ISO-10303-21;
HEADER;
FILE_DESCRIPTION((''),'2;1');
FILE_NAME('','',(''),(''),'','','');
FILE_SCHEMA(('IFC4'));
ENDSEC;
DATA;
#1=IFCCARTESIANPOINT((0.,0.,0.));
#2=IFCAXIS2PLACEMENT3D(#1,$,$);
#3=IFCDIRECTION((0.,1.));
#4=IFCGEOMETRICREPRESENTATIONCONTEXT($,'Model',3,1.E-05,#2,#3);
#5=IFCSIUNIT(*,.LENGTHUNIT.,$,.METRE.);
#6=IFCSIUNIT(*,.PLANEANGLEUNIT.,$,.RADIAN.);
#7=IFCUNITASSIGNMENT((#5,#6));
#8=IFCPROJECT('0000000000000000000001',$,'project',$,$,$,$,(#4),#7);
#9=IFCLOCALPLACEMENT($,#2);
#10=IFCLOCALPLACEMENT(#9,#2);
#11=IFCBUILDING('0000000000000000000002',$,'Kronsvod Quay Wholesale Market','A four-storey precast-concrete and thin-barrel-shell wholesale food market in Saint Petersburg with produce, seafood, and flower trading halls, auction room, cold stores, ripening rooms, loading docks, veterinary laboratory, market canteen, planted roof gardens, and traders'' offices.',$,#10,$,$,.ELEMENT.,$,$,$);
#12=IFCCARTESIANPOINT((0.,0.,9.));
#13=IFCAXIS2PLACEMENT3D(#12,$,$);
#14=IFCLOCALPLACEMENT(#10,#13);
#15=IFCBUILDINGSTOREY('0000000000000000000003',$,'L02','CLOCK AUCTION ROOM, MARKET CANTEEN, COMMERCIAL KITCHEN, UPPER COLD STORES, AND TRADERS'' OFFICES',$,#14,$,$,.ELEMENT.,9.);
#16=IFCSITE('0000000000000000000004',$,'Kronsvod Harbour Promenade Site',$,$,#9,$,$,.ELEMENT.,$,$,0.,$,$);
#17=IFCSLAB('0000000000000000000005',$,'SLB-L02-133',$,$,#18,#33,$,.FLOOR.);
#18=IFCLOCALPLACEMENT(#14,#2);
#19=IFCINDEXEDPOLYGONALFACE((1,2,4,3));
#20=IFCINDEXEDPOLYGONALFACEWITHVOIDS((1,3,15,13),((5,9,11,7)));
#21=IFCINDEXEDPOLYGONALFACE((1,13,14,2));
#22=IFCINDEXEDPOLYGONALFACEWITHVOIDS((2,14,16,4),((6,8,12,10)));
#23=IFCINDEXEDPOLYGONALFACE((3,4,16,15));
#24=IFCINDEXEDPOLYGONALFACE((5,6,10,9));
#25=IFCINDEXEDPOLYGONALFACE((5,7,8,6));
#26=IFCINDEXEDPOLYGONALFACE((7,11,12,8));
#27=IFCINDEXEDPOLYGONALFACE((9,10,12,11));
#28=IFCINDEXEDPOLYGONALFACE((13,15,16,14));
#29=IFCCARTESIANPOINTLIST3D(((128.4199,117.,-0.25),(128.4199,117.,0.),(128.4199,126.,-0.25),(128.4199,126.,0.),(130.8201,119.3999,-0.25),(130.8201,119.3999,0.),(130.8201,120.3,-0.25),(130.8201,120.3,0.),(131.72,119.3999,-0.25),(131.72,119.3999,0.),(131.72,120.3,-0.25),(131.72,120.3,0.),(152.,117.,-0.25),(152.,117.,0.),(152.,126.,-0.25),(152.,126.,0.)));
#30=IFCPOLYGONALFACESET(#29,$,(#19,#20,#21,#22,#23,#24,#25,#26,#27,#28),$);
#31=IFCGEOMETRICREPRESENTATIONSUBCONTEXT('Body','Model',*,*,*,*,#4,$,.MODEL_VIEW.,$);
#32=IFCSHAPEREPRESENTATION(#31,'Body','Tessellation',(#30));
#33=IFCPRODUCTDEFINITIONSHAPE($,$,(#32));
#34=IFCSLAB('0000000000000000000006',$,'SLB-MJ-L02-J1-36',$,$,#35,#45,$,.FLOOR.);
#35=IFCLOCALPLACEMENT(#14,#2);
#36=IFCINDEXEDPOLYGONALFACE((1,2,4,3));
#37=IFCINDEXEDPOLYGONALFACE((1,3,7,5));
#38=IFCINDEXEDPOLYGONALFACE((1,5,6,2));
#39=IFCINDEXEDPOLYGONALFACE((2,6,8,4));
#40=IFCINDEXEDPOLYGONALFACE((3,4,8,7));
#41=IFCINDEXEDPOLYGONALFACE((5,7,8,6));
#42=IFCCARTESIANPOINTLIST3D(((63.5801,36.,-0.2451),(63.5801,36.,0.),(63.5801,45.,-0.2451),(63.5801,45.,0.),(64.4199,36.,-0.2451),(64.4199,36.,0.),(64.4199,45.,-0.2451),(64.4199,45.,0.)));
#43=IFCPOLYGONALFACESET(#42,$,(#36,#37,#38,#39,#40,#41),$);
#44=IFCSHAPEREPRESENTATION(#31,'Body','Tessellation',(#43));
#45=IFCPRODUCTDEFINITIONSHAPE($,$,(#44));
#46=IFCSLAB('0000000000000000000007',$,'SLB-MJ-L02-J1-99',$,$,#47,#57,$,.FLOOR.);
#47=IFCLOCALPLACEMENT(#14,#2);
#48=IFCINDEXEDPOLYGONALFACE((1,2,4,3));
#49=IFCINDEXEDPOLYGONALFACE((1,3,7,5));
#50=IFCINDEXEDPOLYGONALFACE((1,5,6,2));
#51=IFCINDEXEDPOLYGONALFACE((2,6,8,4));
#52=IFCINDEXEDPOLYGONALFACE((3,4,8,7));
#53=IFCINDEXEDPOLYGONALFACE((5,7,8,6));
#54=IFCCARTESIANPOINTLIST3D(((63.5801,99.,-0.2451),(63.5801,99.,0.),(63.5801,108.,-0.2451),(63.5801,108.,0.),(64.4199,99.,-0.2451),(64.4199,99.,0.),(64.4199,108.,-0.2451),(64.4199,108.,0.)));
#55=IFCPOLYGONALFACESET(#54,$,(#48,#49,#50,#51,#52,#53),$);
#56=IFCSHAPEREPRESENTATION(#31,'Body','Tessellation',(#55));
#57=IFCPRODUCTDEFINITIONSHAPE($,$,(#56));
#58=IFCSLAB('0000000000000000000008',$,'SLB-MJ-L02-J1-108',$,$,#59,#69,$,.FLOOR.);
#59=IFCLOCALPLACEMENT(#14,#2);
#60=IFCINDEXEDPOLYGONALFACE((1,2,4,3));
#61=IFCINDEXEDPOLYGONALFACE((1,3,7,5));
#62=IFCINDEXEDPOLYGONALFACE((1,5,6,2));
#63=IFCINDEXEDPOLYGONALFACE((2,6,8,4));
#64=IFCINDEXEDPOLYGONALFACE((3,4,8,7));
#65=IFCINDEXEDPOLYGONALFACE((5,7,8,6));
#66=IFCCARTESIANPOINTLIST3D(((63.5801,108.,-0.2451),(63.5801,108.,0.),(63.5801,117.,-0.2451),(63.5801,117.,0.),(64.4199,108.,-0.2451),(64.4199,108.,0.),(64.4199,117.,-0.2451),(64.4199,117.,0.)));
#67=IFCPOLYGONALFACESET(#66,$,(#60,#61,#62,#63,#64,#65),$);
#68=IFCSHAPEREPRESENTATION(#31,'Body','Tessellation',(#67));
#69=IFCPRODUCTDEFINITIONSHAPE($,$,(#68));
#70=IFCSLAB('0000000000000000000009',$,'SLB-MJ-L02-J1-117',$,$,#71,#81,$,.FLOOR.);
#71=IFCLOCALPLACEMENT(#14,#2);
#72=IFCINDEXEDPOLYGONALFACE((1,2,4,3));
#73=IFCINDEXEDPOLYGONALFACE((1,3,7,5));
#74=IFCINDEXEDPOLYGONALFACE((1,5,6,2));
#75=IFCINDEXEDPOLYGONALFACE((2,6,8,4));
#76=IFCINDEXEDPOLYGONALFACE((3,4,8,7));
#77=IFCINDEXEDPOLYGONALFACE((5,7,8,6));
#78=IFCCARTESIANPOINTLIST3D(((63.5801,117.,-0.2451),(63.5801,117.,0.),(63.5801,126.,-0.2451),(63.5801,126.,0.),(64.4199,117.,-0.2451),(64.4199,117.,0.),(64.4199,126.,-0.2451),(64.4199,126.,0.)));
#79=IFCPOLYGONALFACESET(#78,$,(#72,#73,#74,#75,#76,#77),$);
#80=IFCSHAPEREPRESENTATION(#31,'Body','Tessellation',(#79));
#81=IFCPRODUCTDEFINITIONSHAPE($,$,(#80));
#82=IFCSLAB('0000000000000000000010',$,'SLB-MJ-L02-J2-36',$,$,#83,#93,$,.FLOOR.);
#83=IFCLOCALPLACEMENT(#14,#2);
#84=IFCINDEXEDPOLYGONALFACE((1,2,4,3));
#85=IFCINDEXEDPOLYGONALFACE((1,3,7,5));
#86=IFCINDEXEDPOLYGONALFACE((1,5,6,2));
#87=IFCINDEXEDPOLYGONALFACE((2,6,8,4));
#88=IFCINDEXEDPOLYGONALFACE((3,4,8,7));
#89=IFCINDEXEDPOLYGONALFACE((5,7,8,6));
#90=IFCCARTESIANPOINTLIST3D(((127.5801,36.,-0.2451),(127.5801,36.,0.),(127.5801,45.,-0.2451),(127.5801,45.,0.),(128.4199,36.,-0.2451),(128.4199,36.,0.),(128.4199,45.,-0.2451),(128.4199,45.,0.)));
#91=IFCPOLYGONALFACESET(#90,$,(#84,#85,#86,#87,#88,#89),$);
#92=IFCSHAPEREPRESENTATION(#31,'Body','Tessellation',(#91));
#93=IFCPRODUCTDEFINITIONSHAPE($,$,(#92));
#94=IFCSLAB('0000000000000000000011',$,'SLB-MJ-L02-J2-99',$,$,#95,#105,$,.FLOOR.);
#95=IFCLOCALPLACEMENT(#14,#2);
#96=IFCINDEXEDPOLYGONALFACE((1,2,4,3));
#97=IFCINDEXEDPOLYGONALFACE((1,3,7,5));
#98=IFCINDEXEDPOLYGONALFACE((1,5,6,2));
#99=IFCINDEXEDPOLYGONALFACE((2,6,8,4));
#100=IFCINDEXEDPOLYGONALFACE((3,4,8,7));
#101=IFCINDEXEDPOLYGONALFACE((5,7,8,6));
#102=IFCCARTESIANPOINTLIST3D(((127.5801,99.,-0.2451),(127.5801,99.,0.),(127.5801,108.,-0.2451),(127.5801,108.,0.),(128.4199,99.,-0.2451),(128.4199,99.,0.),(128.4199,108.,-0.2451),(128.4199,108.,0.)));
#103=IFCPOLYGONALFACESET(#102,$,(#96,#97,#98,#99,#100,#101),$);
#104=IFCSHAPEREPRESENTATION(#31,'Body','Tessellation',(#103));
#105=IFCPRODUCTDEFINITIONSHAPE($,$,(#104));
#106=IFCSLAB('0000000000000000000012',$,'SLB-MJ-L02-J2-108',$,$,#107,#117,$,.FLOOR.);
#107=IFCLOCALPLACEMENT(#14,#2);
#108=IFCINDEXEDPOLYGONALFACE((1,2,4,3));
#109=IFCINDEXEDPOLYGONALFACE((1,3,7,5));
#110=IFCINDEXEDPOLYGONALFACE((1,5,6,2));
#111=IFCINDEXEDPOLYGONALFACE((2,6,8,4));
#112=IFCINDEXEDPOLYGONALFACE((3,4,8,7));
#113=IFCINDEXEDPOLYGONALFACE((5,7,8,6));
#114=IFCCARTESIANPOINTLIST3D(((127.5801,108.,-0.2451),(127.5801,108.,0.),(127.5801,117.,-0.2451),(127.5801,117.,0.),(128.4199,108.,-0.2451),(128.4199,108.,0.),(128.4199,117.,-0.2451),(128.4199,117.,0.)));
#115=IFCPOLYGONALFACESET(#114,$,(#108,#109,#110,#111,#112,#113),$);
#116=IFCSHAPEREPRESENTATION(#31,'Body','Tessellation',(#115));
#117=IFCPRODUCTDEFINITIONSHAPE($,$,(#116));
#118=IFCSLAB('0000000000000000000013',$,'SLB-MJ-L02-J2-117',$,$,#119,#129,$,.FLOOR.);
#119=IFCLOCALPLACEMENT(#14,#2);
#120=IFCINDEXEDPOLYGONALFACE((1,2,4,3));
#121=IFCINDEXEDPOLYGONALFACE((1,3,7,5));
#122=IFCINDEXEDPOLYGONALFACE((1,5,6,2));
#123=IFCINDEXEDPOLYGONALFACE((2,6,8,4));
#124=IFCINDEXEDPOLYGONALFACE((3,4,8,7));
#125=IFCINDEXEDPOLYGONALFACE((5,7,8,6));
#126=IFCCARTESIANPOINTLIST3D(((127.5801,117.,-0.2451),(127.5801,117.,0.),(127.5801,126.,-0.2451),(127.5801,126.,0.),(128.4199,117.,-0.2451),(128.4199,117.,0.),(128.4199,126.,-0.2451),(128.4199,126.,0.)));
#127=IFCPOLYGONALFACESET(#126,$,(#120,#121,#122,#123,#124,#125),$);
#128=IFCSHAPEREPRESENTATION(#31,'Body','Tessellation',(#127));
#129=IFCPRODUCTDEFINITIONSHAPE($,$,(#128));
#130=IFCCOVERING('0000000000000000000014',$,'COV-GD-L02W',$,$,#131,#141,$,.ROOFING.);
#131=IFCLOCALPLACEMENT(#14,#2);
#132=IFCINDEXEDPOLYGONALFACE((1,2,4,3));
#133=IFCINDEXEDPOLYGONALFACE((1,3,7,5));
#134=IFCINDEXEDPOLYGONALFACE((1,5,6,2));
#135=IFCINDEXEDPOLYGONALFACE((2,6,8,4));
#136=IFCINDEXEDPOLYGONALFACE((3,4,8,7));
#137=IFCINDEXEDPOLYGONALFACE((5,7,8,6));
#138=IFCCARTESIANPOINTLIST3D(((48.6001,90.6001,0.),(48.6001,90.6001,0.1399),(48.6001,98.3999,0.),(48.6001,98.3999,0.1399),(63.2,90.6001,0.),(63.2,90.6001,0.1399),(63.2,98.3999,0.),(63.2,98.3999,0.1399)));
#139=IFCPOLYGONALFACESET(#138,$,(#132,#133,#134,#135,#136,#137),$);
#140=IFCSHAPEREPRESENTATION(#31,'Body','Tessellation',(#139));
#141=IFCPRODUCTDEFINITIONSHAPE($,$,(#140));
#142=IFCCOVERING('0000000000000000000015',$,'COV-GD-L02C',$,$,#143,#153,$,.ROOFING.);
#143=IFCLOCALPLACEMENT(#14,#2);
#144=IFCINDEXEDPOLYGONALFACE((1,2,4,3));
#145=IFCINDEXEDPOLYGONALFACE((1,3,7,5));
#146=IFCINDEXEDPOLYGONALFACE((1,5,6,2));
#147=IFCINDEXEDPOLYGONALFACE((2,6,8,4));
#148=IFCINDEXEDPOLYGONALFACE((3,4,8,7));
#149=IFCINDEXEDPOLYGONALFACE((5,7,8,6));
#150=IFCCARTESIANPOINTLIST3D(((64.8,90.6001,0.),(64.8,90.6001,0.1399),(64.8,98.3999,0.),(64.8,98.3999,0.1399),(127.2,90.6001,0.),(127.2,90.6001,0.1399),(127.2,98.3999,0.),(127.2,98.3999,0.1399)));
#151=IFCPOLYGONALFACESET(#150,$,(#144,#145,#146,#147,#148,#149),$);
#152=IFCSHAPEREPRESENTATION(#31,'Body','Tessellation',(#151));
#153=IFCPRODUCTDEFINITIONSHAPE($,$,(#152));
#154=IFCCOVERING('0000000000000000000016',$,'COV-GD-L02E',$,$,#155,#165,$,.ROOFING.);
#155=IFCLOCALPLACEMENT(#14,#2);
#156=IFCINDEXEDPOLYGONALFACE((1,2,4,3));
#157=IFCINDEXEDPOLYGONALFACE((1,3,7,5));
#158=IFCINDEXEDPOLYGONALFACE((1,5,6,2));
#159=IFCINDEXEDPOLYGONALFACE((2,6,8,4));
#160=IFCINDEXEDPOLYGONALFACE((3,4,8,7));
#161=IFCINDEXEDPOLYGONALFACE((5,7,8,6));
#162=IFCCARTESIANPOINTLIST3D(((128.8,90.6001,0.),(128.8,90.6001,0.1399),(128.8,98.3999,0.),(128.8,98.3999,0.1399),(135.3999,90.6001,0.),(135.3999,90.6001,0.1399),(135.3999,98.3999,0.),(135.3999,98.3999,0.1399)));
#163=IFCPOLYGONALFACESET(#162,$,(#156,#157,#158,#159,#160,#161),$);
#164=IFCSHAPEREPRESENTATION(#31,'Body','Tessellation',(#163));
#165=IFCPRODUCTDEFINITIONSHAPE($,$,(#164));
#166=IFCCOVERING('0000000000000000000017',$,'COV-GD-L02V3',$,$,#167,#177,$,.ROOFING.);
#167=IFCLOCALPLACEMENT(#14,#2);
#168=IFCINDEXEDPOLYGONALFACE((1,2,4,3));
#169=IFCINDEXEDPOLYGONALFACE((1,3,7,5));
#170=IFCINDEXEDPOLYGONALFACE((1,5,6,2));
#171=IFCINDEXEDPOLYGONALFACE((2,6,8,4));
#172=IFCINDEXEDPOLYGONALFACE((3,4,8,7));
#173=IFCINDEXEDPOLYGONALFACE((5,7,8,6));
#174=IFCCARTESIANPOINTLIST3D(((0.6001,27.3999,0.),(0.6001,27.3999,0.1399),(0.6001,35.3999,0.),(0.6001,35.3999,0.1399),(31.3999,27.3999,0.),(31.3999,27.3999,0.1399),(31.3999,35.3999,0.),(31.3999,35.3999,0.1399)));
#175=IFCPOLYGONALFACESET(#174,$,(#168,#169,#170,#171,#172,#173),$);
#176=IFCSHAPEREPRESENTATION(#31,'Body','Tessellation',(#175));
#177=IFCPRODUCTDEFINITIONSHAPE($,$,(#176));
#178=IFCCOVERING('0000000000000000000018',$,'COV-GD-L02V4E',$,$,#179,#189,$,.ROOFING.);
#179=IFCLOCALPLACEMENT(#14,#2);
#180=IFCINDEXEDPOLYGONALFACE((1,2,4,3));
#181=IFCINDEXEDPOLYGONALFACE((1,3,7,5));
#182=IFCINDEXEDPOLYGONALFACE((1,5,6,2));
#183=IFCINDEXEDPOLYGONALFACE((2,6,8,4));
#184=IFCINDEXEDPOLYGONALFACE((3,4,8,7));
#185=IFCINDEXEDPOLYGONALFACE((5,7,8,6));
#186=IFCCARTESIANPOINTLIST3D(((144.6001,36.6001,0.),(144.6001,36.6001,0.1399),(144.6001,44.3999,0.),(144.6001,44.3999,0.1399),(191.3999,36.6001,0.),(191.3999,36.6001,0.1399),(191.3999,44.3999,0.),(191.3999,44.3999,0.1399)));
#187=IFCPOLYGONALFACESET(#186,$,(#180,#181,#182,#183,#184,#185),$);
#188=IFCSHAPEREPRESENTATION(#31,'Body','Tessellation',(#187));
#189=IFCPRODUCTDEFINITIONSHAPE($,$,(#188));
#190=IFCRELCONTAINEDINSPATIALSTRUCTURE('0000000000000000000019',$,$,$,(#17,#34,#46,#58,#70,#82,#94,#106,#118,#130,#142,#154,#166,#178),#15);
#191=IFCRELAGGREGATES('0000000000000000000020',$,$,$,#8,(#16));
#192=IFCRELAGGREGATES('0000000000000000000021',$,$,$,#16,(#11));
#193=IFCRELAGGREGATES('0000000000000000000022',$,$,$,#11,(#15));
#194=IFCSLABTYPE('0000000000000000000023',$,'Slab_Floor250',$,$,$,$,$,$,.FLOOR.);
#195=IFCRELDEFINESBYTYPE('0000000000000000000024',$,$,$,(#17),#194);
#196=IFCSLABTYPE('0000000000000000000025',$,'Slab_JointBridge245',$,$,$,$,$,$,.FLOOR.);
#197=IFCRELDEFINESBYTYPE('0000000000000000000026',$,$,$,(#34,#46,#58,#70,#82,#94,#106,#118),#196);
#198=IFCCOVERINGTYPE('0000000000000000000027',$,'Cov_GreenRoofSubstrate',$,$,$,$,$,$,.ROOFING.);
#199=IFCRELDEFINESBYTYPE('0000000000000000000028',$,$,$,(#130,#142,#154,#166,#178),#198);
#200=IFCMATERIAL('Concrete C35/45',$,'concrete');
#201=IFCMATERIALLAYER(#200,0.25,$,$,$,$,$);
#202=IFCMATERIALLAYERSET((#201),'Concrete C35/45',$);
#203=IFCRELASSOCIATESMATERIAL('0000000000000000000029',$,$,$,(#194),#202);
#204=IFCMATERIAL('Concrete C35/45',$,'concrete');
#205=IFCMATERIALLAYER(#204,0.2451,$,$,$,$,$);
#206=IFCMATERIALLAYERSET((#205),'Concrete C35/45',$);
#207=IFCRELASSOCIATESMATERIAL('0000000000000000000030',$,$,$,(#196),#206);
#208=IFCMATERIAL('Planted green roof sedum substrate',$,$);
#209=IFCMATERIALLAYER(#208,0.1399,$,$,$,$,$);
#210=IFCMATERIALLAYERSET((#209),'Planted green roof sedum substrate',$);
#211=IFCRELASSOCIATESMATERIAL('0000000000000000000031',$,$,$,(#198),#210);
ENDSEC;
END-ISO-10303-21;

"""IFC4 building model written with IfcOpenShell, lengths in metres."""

from ifc_helpers import new_model, si_unit, direction, frame, origin, place, context, subcontext, project, spatial, polyline, outline, extrude, material, layer, layer_set, type_object, element, save


model = new_model("IFC4")

# Units and contexts
model_context = context("Model", 3, precision=1e-05, world=origin(), true_north=direction((0.0, 1.0)))
body_context = subcontext(model_context, "Body", "Model", "MODEL_VIEW")
ifc_project = project(units=[si_unit("LENGTHUNIT", "METRE"), si_unit("PLANEANGLEUNIT", "RADIAN")], contexts=[model_context])

# Site, building, storey
site_placement = place(None, origin())
site = spatial("IfcSite", under=ifc_project, at=site_placement, Name="Kronsvod Harbour Promenade Site", CompositionType="ELEMENT", RefElevation=0.0)
building_placement = place(site_placement, origin())
building = spatial("IfcBuilding", under=site, at=building_placement, Name="Kronsvod Quay Wholesale Market", Description="A four-storey precast-concrete and thin-barrel-shell wholesale food market in Saint Petersburg with produce, seafood, and flower trading halls, auction room, cold stores, ripening rooms, loading docks, veterinary laboratory, market canteen, planted roof gardens, and traders' offices.", CompositionType="ELEMENT")
storey_placement = place(building_placement, frame((0.0, 0.0, 9.0)))
storey = spatial("IfcBuildingStorey", under=building, at=storey_placement, Name="L02", Description="CLOCK AUCTION ROOM, MARKET CANTEEN, COMMERCIAL KITCHEN, UPPER COLD STORES, AND TRADERS' OFFICES", CompositionType="ELEMENT", Elevation=9.0)

# Slabs
ifc_material_1 = material(Name="Concrete C35/45", Category="concrete")
ifc_layer_1 = layer(ifc_material_1, 0.25)
ifc_layer_set_1 = layer_set([ifc_layer_1], Name="Concrete C35/45")
slab_type_1 = type_object("IfcSlabType", Name="Slab_Floor250", PredefinedType="FLOOR", material=ifc_layer_set_1)
slab_1_placement = place(storey_placement, frame((0.0, 0.0, -0.25)))
element("IfcSlab", 1, at=slab_1_placement, inside=storey, type_object=slab_type_1, Name="SLB-L02-133", PredefinedType="FLOOR", context=body_context, shape_type="SweptSolid", body=[
    extrude(outline(polyline([(128.4199, 117.0), (152.0, 117.0), (152.0, 126.0), (128.4199, 126.0), (128.4199, 117.0)]), holes=[polyline([(130.8201, 119.3999), (131.72, 119.3999), (131.72, 120.3), (130.8201, 120.3), (130.8201, 119.3999)])]), origin(), (0.0, 0.0, 1.0), 0.25),
])
ifc_material_2 = material(Name="Concrete C35/45", Category="concrete")
ifc_layer_2 = layer(ifc_material_2, 0.2451)
ifc_layer_set_2 = layer_set([ifc_layer_2], Name="Concrete C35/45")
slab_type_2 = type_object("IfcSlabType", Name="Slab_JointBridge245", PredefinedType="FLOOR", material=ifc_layer_set_2)
slab_2_placement = place(storey_placement, frame((0.0, 0.0, -0.2451)))
element("IfcSlab", 2, at=slab_2_placement, inside=storey, type_object=slab_type_2, Name="SLB-MJ-L02-J1-36", PredefinedType="FLOOR", context=body_context, shape_type="SweptSolid", body=[
    extrude(outline(polyline([(63.5801, 36.0), (64.4199, 36.0), (64.4199, 45.0), (63.5801, 45.0), (63.5801, 36.0)])), origin(), (0.0, 0.0, 1.0), 0.2451),
])
slab_3_placement = place(storey_placement, frame((0.0, 0.0, -0.2451)))
element("IfcSlab", 3, at=slab_3_placement, inside=storey, type_object=slab_type_2, Name="SLB-MJ-L02-J1-99", PredefinedType="FLOOR", context=body_context, shape_type="SweptSolid", body=[
    extrude(outline(polyline([(63.5801, 99.0), (64.4199, 99.0), (64.4199, 108.0), (63.5801, 108.0), (63.5801, 99.0)])), origin(), (0.0, 0.0, 1.0), 0.2451),
])
slab_4_placement = place(storey_placement, frame((0.0, 0.0, -0.2451)))
element("IfcSlab", 4, at=slab_4_placement, inside=storey, type_object=slab_type_2, Name="SLB-MJ-L02-J1-108", PredefinedType="FLOOR", context=body_context, shape_type="SweptSolid", body=[
    extrude(outline(polyline([(63.5801, 108.0), (64.4199, 108.0), (64.4199, 117.0), (63.5801, 117.0), (63.5801, 108.0)])), origin(), (0.0, 0.0, 1.0), 0.2451),
])
slab_5_placement = place(storey_placement, frame((0.0, 0.0, -0.2451)))
element("IfcSlab", 5, at=slab_5_placement, inside=storey, type_object=slab_type_2, Name="SLB-MJ-L02-J1-117", PredefinedType="FLOOR", context=body_context, shape_type="SweptSolid", body=[
    extrude(outline(polyline([(63.5801, 117.0), (64.4199, 117.0), (64.4199, 126.0), (63.5801, 126.0), (63.5801, 117.0)])), origin(), (0.0, 0.0, 1.0), 0.2451),
])
slab_6_placement = place(storey_placement, frame((0.0, 0.0, -0.2451)))
element("IfcSlab", 6, at=slab_6_placement, inside=storey, type_object=slab_type_2, Name="SLB-MJ-L02-J2-36", PredefinedType="FLOOR", context=body_context, shape_type="SweptSolid", body=[
    extrude(outline(polyline([(127.5801, 36.0), (128.4199, 36.0), (128.4199, 45.0), (127.5801, 45.0), (127.5801, 36.0)])), origin(), (0.0, 0.0, 1.0), 0.2451),
])
slab_7_placement = place(storey_placement, frame((0.0, 0.0, -0.2451)))
element("IfcSlab", 7, at=slab_7_placement, inside=storey, type_object=slab_type_2, Name="SLB-MJ-L02-J2-99", PredefinedType="FLOOR", context=body_context, shape_type="SweptSolid", body=[
    extrude(outline(polyline([(127.5801, 99.0), (128.4199, 99.0), (128.4199, 108.0), (127.5801, 108.0), (127.5801, 99.0)])), origin(), (0.0, 0.0, 1.0), 0.2451),
])
slab_8_placement = place(storey_placement, frame((0.0, 0.0, -0.2451)))
element("IfcSlab", 8, at=slab_8_placement, inside=storey, type_object=slab_type_2, Name="SLB-MJ-L02-J2-108", PredefinedType="FLOOR", context=body_context, shape_type="SweptSolid", body=[
    extrude(outline(polyline([(127.5801, 108.0), (128.4199, 108.0), (128.4199, 117.0), (127.5801, 117.0), (127.5801, 108.0)])), origin(), (0.0, 0.0, 1.0), 0.2451),
])
slab_9_placement = place(storey_placement, frame((0.0, 0.0, -0.2451)))
element("IfcSlab", 9, at=slab_9_placement, inside=storey, type_object=slab_type_2, Name="SLB-MJ-L02-J2-117", PredefinedType="FLOOR", context=body_context, shape_type="SweptSolid", body=[
    extrude(outline(polyline([(127.5801, 117.0), (128.4199, 117.0), (128.4199, 126.0), (127.5801, 126.0), (127.5801, 117.0)])), origin(), (0.0, 0.0, 1.0), 0.2451),
])

# Coverings
ifc_material_3 = material(Name="Planted green roof sedum substrate")
ifc_layer_3 = layer(ifc_material_3, 0.1399)
ifc_layer_set_3 = layer_set([ifc_layer_3], Name="Planted green roof sedum substrate")
covering_type = type_object("IfcCoveringType", Name="Cov_GreenRoofSubstrate", PredefinedType="ROOFING", material=ifc_layer_set_3)
covering_1_placement = place(storey_placement, origin())
element("IfcCovering", 10, at=covering_1_placement, inside=storey, type_object=covering_type, Name="COV-GD-L02W", PredefinedType="ROOFING", context=body_context, shape_type="SweptSolid", body=[
    extrude(outline(polyline([(48.6001, 90.6001), (63.2, 90.6001), (63.2, 98.3999), (48.6001, 98.3999), (48.6001, 90.6001)])), origin(), (0.0, 0.0, 1.0), 0.1399),
])
covering_2_placement = place(storey_placement, origin())
element("IfcCovering", 11, at=covering_2_placement, inside=storey, type_object=covering_type, Name="COV-GD-L02C", PredefinedType="ROOFING", context=body_context, shape_type="SweptSolid", body=[
    extrude(outline(polyline([(64.8, 90.6001), (127.2, 90.6001), (127.2, 98.3999), (64.8, 98.3999), (64.8, 90.6001)])), origin(), (0.0, 0.0, 1.0), 0.1399),
])
covering_3_placement = place(storey_placement, origin())
element("IfcCovering", 12, at=covering_3_placement, inside=storey, type_object=covering_type, Name="COV-GD-L02E", PredefinedType="ROOFING", context=body_context, shape_type="SweptSolid", body=[
    extrude(outline(polyline([(128.8, 90.6001), (135.3999, 90.6001), (135.3999, 98.3999), (128.8, 98.3999), (128.8, 90.6001)])), origin(), (0.0, 0.0, 1.0), 0.1399),
])
covering_4_placement = place(storey_placement, origin())
element("IfcCovering", 13, at=covering_4_placement, inside=storey, type_object=covering_type, Name="COV-GD-L02V3", PredefinedType="ROOFING", context=body_context, shape_type="SweptSolid", body=[
    extrude(outline(polyline([(0.6001, 27.3999), (31.3999, 27.3999), (31.3999, 35.3999), (0.6001, 35.3999), (0.6001, 27.3999)])), origin(), (0.0, 0.0, 1.0), 0.1399),
])
covering_5_placement = place(storey_placement, origin())
element("IfcCovering", 14, at=covering_5_placement, inside=storey, type_object=covering_type, Name="COV-GD-L02V4E", PredefinedType="ROOFING", context=body_context, shape_type="SweptSolid", body=[
    extrude(outline(polyline([(144.6001, 36.6001), (191.3999, 36.6001), (191.3999, 44.3999), (144.6001, 44.3999), (144.6001, 36.6001)])), origin(), (0.0, 0.0, 1.0), 0.1399),
])

save(model, "model.ifc")
